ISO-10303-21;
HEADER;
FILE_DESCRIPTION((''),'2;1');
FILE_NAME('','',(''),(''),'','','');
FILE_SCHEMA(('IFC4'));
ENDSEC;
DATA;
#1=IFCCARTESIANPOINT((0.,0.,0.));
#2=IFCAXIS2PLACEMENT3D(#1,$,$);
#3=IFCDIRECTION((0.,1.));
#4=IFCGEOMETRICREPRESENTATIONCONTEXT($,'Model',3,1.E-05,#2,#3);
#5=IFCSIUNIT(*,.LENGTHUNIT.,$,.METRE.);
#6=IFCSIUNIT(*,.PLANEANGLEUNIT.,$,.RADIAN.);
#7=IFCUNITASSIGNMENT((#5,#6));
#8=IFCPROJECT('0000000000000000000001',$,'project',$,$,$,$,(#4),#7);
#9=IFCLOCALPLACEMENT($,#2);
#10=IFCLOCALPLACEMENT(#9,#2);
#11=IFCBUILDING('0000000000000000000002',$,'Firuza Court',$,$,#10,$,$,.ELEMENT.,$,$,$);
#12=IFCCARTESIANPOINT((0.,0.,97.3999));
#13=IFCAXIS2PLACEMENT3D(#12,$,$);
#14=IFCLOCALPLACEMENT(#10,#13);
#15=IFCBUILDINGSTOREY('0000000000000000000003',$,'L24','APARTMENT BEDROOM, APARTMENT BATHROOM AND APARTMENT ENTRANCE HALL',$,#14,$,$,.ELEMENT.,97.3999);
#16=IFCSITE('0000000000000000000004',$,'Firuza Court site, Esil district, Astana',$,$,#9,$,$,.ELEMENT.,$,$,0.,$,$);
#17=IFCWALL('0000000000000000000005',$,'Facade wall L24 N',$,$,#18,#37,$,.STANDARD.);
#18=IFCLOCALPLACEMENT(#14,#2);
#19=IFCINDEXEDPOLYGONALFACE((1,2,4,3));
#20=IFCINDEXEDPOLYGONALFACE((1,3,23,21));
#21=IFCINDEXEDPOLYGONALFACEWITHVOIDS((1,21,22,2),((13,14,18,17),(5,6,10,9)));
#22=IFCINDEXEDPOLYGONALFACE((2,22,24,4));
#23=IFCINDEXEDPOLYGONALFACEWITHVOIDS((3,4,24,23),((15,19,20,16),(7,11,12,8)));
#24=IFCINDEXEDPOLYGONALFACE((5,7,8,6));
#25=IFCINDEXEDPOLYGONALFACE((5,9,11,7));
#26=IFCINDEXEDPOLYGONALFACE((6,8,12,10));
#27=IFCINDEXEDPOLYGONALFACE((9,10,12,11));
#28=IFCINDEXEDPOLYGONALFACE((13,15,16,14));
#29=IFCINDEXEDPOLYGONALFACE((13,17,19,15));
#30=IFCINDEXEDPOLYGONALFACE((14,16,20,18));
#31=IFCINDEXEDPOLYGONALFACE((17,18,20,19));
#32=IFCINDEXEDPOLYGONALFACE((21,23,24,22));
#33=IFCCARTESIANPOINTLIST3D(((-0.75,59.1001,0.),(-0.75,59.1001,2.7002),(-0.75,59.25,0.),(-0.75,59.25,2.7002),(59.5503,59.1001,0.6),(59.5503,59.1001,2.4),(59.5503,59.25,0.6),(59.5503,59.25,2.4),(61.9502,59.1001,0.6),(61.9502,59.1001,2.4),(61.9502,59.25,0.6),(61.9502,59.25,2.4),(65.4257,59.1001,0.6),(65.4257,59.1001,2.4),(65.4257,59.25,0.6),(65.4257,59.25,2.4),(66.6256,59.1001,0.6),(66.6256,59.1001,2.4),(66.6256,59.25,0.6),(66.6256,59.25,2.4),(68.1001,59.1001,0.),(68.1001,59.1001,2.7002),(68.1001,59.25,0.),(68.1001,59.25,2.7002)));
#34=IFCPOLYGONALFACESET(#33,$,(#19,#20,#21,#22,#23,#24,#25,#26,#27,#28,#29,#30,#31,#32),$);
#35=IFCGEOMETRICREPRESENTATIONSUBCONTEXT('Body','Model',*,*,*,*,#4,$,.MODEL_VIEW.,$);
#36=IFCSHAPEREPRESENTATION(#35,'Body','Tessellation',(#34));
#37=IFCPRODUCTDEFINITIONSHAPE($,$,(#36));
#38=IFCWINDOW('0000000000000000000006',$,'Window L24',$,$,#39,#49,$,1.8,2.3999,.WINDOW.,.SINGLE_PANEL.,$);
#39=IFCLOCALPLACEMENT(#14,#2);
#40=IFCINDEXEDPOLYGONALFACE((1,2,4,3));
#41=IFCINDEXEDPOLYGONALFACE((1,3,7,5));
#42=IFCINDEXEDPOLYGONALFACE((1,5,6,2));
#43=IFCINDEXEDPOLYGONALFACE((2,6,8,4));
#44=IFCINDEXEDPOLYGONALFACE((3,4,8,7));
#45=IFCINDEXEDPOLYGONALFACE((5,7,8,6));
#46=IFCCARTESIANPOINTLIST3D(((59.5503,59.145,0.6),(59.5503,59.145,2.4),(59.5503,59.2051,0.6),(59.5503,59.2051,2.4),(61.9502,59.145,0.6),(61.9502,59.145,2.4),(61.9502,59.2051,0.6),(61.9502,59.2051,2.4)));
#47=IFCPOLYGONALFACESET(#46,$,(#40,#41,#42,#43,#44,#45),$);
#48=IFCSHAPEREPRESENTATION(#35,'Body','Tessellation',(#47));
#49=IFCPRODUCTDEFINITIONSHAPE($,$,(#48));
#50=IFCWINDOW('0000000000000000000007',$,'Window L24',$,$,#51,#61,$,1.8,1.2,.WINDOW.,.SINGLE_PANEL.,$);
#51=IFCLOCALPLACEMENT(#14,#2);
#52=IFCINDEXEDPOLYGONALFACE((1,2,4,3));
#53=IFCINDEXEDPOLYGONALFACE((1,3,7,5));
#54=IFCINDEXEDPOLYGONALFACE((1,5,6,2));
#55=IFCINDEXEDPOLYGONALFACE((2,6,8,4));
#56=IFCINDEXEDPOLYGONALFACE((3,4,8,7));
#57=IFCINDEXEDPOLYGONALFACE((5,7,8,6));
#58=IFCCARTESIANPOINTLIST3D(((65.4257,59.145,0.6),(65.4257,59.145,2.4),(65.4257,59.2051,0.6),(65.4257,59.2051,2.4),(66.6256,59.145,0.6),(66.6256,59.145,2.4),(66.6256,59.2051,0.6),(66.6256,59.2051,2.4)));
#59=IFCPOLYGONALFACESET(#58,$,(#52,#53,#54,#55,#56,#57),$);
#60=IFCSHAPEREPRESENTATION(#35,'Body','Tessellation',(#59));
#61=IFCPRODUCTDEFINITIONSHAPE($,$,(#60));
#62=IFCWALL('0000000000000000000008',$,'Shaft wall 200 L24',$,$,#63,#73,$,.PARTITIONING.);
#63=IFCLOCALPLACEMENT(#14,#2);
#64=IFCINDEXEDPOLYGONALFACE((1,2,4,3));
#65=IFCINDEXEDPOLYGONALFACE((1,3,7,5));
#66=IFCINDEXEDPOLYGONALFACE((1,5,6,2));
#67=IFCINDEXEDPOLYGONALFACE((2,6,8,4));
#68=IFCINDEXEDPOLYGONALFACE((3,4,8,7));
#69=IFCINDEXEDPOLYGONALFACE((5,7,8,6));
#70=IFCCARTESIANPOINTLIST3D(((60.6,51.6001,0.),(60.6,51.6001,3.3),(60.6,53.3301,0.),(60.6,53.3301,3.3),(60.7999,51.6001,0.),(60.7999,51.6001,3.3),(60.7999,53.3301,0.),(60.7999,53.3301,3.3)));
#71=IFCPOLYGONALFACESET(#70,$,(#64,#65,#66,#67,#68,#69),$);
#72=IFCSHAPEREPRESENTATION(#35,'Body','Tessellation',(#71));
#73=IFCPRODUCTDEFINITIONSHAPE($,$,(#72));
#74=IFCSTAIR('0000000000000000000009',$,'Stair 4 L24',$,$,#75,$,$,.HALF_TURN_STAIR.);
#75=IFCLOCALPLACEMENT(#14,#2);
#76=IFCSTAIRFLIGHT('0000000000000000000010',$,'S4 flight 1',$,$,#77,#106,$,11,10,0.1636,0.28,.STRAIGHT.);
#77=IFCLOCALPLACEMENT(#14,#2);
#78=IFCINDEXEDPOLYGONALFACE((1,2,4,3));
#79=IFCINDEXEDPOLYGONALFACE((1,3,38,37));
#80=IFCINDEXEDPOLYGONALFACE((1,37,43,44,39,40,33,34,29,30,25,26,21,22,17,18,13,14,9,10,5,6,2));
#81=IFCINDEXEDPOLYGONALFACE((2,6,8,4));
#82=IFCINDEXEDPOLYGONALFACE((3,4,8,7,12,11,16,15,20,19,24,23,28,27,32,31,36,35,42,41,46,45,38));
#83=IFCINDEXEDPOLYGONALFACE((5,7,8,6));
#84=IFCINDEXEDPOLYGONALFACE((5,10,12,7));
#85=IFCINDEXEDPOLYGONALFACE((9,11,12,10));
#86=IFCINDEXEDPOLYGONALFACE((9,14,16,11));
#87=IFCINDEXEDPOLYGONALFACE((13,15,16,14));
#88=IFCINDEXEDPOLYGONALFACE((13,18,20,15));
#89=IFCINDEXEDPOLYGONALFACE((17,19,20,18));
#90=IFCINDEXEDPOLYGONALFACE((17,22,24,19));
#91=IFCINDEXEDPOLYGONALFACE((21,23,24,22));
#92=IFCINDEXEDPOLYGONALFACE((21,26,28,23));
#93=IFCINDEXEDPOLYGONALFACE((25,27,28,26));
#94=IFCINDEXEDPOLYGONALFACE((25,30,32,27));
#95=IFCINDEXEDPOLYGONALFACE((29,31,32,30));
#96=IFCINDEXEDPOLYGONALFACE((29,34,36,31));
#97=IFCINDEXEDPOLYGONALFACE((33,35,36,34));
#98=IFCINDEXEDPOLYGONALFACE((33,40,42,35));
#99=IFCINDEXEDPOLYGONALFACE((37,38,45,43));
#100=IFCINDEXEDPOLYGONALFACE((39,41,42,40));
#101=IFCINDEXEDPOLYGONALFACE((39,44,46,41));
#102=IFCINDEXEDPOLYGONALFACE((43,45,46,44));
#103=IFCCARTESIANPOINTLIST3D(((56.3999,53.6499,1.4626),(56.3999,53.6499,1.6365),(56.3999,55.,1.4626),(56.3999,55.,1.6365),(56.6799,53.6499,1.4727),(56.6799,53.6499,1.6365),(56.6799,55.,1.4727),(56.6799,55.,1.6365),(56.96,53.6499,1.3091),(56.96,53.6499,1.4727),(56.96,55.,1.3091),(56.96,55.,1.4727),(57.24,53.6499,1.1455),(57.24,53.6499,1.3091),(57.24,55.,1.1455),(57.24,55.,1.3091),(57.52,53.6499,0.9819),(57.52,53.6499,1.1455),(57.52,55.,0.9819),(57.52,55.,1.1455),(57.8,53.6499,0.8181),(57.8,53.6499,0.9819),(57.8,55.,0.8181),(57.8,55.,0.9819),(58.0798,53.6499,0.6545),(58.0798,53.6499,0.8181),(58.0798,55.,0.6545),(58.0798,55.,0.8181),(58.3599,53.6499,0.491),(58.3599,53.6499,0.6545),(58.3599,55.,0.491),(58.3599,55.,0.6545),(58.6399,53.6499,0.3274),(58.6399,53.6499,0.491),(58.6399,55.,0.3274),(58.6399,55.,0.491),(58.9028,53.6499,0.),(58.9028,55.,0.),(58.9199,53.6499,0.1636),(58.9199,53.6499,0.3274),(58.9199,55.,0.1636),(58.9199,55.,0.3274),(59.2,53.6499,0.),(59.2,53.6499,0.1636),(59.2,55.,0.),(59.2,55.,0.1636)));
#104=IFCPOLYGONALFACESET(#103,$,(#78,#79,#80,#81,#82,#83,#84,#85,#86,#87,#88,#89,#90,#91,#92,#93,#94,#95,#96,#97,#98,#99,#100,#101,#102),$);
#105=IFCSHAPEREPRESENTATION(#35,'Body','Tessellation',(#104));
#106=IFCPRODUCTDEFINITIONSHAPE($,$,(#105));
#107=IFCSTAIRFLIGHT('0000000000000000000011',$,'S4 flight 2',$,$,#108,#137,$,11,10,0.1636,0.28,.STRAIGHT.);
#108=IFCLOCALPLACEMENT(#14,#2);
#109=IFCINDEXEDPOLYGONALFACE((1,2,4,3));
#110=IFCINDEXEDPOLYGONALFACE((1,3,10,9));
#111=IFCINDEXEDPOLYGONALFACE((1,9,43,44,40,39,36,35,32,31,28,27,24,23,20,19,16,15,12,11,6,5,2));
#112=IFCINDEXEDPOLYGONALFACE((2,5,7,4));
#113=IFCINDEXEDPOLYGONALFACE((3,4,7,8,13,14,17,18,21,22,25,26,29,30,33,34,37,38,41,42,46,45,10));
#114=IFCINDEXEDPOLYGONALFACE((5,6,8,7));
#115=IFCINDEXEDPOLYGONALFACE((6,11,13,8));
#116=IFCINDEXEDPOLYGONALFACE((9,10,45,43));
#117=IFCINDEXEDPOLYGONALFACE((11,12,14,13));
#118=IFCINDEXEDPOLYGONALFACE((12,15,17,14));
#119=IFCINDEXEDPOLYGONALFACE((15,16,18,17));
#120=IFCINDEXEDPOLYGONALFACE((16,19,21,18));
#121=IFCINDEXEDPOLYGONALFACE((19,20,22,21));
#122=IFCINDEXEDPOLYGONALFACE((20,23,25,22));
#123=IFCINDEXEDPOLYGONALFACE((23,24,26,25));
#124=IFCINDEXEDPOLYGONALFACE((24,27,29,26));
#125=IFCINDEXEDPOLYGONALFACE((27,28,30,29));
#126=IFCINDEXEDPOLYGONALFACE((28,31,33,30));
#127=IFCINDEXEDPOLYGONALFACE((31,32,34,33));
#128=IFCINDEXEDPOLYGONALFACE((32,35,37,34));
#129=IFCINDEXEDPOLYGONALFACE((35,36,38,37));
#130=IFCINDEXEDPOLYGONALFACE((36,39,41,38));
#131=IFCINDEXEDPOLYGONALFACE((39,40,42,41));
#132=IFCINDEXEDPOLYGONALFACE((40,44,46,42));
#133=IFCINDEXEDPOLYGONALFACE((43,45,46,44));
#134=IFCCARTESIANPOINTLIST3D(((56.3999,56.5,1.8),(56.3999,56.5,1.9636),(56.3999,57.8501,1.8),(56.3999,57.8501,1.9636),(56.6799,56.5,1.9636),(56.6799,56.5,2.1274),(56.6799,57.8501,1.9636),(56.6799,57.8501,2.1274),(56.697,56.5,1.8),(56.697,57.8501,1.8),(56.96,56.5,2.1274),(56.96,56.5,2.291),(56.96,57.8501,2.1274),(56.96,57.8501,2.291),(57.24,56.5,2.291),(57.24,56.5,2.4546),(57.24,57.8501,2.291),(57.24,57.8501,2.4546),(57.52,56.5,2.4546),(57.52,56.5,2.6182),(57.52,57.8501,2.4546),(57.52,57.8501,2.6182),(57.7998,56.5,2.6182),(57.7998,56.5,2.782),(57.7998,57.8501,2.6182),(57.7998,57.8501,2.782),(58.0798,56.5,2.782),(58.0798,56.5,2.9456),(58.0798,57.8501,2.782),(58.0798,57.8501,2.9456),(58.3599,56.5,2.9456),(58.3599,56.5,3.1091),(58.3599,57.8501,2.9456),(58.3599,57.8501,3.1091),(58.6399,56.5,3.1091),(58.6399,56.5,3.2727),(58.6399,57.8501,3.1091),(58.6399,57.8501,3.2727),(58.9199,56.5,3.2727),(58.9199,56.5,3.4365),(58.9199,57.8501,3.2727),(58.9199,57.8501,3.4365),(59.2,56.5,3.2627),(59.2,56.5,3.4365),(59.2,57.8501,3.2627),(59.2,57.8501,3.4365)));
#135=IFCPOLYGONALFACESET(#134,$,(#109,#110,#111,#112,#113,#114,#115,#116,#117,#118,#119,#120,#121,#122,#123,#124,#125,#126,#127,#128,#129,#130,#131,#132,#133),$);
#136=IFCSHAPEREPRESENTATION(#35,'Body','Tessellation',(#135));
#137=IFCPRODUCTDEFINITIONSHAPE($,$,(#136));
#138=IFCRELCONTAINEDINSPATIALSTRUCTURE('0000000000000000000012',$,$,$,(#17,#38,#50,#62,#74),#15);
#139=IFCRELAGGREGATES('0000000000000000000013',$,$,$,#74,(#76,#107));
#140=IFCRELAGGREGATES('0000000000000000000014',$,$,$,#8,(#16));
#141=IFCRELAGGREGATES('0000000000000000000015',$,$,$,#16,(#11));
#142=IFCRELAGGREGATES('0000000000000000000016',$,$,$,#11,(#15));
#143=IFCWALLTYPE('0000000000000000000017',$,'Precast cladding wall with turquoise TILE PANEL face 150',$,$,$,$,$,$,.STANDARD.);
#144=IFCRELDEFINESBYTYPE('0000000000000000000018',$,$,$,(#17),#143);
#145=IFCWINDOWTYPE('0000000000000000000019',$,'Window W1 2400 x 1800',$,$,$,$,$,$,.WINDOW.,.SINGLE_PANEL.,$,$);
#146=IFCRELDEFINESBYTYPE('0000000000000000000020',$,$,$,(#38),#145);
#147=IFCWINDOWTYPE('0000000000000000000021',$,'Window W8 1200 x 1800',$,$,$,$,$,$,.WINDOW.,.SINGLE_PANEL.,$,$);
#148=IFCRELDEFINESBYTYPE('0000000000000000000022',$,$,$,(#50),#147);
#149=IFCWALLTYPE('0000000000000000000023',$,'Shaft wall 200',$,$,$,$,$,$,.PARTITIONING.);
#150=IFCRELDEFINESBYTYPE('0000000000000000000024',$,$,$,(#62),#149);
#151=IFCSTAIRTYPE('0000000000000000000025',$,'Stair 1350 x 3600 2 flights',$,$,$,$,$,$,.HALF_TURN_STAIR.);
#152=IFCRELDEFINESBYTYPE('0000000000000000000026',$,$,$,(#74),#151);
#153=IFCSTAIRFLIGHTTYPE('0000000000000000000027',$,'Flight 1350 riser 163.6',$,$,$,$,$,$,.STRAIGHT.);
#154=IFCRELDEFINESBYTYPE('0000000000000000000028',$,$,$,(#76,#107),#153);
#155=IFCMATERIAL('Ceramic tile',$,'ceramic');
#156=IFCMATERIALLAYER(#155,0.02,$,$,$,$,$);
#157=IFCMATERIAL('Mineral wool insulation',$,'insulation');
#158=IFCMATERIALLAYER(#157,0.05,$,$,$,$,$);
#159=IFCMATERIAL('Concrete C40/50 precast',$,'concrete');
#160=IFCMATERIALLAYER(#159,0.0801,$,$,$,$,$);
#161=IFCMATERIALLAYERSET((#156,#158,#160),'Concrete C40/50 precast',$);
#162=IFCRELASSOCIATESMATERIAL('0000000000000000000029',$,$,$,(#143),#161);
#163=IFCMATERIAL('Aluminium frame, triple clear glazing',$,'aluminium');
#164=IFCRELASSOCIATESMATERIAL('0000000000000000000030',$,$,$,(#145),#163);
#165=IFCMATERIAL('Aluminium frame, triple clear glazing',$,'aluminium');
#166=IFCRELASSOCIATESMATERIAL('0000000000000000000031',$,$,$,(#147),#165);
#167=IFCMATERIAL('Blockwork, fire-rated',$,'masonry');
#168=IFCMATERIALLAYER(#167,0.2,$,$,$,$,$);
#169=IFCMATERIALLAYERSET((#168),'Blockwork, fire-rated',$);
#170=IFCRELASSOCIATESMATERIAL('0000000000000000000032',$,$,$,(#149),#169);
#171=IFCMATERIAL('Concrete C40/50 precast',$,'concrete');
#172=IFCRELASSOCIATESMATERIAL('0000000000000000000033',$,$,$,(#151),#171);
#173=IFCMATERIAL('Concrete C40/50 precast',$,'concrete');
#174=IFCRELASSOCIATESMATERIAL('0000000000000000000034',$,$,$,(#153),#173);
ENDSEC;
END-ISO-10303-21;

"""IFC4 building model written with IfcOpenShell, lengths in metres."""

from ifc_helpers import new_model, si_unit, direction, frame, frame_2d, origin, place, context, subcontext, project, spatial, polyline, rectangle, outline, extrude, material, layer, layer_set, type_object, element, fill, aggregate, save


model = new_model("IFC4")

# Units and contexts
model_context = context("Model", 3, precision=1e-05, world=origin(), true_north=direction((0.0, 1.0)))
body_context = subcontext(model_context, "Body", "Model", "MODEL_VIEW")
ifc_project = project(units=[si_unit("LENGTHUNIT", "METRE"), si_unit("PLANEANGLEUNIT", "RADIAN")], contexts=[model_context])

# Site, building, storey
site_placement = place(None, origin())
site = spatial("IfcSite", under=ifc_project, at=site_placement, Name="Firuza Court site, Esil district, Astana", CompositionType="ELEMENT", RefElevation=0.0)
building_placement = place(site_placement, origin())
building = spatial("IfcBuilding", under=site, at=building_placement, Name="Firuza Court", CompositionType="ELEMENT")
storey_placement = place(building_placement, frame((0.0, 0.0, 97.3999)))
storey = spatial("IfcBuildingStorey", under=building, at=storey_placement, Name="L24", Description="APARTMENT BEDROOM, APARTMENT BATHROOM AND APARTMENT ENTRANCE HALL", CompositionType="ELEMENT", Elevation=97.3999)

# Wall, openings, windows
ifc_material_1 = material(Name="Ceramic tile", Category="ceramic")
ifc_layer_1 = layer(ifc_material_1, 0.02)
ifc_material_2 = material(Name="Mineral wool insulation", Category="insulation")
ifc_layer_2 = layer(ifc_material_2, 0.05)
ifc_material_3 = material(Name="Concrete C40/50 precast", Category="concrete")
ifc_layer_3 = layer(ifc_material_3, 0.0801)
ifc_layer_set_1 = layer_set([ifc_layer_1, ifc_layer_2, ifc_layer_3], Name="Concrete C40/50 precast")
wall_type_1 = type_object("IfcWallType", Name="Precast cladding wall with turquoise TILE PANEL face 150", PredefinedType="STANDARD", material=ifc_layer_set_1)
wall_1_placement = place(storey_placement, frame((68.1001, 59.175, 0.0), z_axis=(0.0, 0.0, 1.0), x_axis=(-1.0, 0.0, 0.0)))
wall_1 = element("IfcWall", 1, at=wall_1_placement, inside=storey, type_object=wall_type_1, Name="Facade wall L24 N", PredefinedType="STANDARD", context=body_context, shape_type="SweptSolid", body=[
    extrude(rectangle(XDim=68.8501, YDim=0.1499, at=frame_2d((34.425, 0.0))), origin(), (0.0, 0.0, 1.0), 2.7002),
])
opening_1_placement = place(wall_1_placement, frame((1.4744, 0.0, 0.6001)))
opening_1 = element("IfcOpeningElement", 2, at=opening_1_placement, cuts=wall_1, PredefinedType="OPENING", context=body_context, shape_type="SweptSolid", body=[
    extrude(rectangle(XDim=1.2, YDim=1.8, at=frame_2d((0.6001, 0.8999))), frame((0.0, 0.0869, 0.0), z_axis=(0.0, -1.0, 0.0), x_axis=(1.0, 0.0, 0.0)), (0.0, 0.0, 1.0), 0.1738),
])
opening_2_placement = place(wall_1_placement, frame((6.1499, 0.0, 0.6001)))
opening_2 = element("IfcOpeningElement", 3, at=opening_2_placement, cuts=wall_1, PredefinedType="OPENING", context=body_context, shape_type="SweptSolid", body=[
    extrude(rectangle(XDim=2.3999, YDim=1.8, at=frame_2d((1.2, 0.8999))), frame((0.0, 0.0869, 0.0), z_axis=(0.0, -1.0, 0.0), x_axis=(1.0, 0.0, 0.0)), (0.0, 0.0, 1.0), 0.1738),
])
ifc_material_4 = material(Name="Aluminium frame, triple clear glazing", Category="aluminium")
window_type_1 = type_object("IfcWindowType", Name="Window W1 2400 x 1800", PartitioningType="SINGLE_PANEL", PredefinedType="WINDOW", material=ifc_material_4)
window_1_placement = place(opening_2_placement, origin())
window_1 = element("IfcWindow", 4, at=window_1_placement, inside=storey, type_object=window_type_1, Name="Window L24", OverallHeight=1.8, OverallWidth=2.3999, PartitioningType="SINGLE_PANEL", PredefinedType="WINDOW", context=body_context, shape_type="SweptSolid", body=[
    extrude(rectangle(XDim=2.3999, YDim=1.8, at=frame_2d((1.2, 0.8999))), frame((0.0, 0.03, 0.0), z_axis=(0.0, -1.0, 0.0), x_axis=(1.0, 0.0, 0.0)), (0.0, 0.0, 1.0), 0.0601),
])
fill(opening_2, window_1)
ifc_material_5 = material(Name="Aluminium frame, triple clear glazing", Category="aluminium")
window_type_2 = type_object("IfcWindowType", Name="Window W8 1200 x 1800", PartitioningType="SINGLE_PANEL", PredefinedType="WINDOW", material=ifc_material_5)
window_2_placement = place(opening_1_placement, origin())
window_2 = element("IfcWindow", 5, at=window_2_placement, inside=storey, type_object=window_type_2, Name="Window L24", OverallHeight=1.8, OverallWidth=1.2, PartitioningType="SINGLE_PANEL", PredefinedType="WINDOW", context=body_context, shape_type="SweptSolid", body=[
    extrude(rectangle(XDim=1.2, YDim=1.8, at=frame_2d((0.6001, 0.8999))), frame((0.0, 0.03, 0.0), z_axis=(0.0, -1.0, 0.0), x_axis=(1.0, 0.0, 0.0)), (0.0, 0.0, 1.0), 0.0601),
])
fill(opening_1, window_2)

# Wall
ifc_material_6 = material(Name="Blockwork, fire-rated", Category="masonry")
ifc_layer_4 = layer(ifc_material_6, 0.2)
ifc_layer_set_2 = layer_set([ifc_layer_4], Name="Blockwork, fire-rated")
wall_type_2 = type_object("IfcWallType", Name="Shaft wall 200", PredefinedType="PARTITIONING", material=ifc_layer_set_2)
wall_2_placement = place(storey_placement, frame((60.7, 51.6001, 0.0), z_axis=(0.0, 0.0, 1.0), x_axis=(0.0, 1.0, 0.0)))
element("IfcWall", 6, at=wall_2_placement, inside=storey, type_object=wall_type_2, Name="Shaft wall 200 L24", PredefinedType="PARTITIONING", context=body_context, shape_type="SweptSolid", body=[
    extrude(rectangle(XDim=1.73, YDim=0.2, at=frame_2d((0.865, 0.0))), origin(), (0.0, 0.0, 1.0), 3.3),
])

# Stair, stair flights
ifc_material_7 = material(Name="Concrete C40/50 precast", Category="concrete")
stair_type = type_object("IfcStairType", Name="Stair 1350 x 3600 2 flights", PredefinedType="HALF_TURN_STAIR", material=ifc_material_7)
stair_placement = place(storey_placement, origin())
stair = element("IfcStair", 7, at=stair_placement, inside=storey, type_object=stair_type, Name="Stair 4 L24", PredefinedType="HALF_TURN_STAIR")
ifc_material_8 = material(Name="Concrete C40/50 precast", Category="concrete")
stair_flight_type = type_object("IfcStairFlightType", Name="Flight 1350 riser 163.6", PredefinedType="STRAIGHT", material=ifc_material_8)
stair_flight_1_placement = place(storey_placement, frame((59.2, 54.325, 0.0), z_axis=(0.0, 0.0, 1.0), x_axis=(-1.0, 0.0, 0.0)))
stair_flight_1 = element("IfcStairFlight", 8, at=stair_flight_1_placement, type_object=stair_flight_type, Name="S4 flight 1", NumberOfRisers=11, NumberOfTreads=10, PredefinedType="STRAIGHT", RiserHeight=0.1636, TreadLength=0.28, context=body_context, shape_type="SweptSolid", body=[
    extrude(outline(polyline([(0.0, 0.0), (0.0, 0.1636), (0.28, 0.1636), (0.28, 0.3274), (0.5601, 0.3274), (0.5601, 0.491), (0.8401, 0.491), (0.8401, 0.6545), (1.1201, 0.6545), (1.1201, 0.8181), (1.3999, 0.8181), (1.3999, 0.9819), (1.6799, 0.9819), (1.6799, 1.1455), (1.96, 1.1455), (1.96, 1.3091), (2.24, 1.3091), (2.24, 1.4727), (2.52, 1.4727), (2.52, 1.6365), (2.8, 1.6365), (2.8, 1.8), (2.8, 1.4626), (0.2971, 0.0), (0.0, 0.0)])), frame((0.0, 0.675, 0.0), z_axis=(0.0, -1.0, 0.0), x_axis=(1.0, 0.0, 0.0)), (0.0, 0.0, 1.0), 1.3501),
])
stair_flight_2_placement = place(storey_placement, frame((56.3999, 57.175, 1.8), z_axis=(0.0, 0.0, 1.0), x_axis=(1.0, 0.0, 0.0)))
stair_flight_2 = element("IfcStairFlight", 9, at=stair_flight_2_placement, type_object=stair_flight_type, Name="S4 flight 2", NumberOfRisers=11, NumberOfTreads=10, PredefinedType="STRAIGHT", RiserHeight=0.1636, TreadLength=0.28, context=body_context, shape_type="SweptSolid", body=[
    extrude(outline(polyline([(0.0, 0.0), (0.0, 0.1636), (0.28, 0.1636), (0.28, 0.3274), (0.5601, 0.3274), (0.5601, 0.491), (0.8401, 0.491), (0.8401, 0.6545), (1.1201, 0.6545), (1.1201, 0.8181), (1.3999, 0.8181), (1.3999, 0.9819), (1.6799, 0.9819), (1.6799, 1.1455), (1.96, 1.1455), (1.96, 1.3091), (2.24, 1.3091), (2.24, 1.4727), (2.52, 1.4727), (2.52, 1.6365), (2.8, 1.6365), (2.8, 1.8), (2.8, 1.4626), (0.2971, 0.0), (0.0, 0.0)])), frame((0.0, 0.675, 0.0), z_axis=(0.0, -1.0, 0.0), x_axis=(1.0, 0.0, 0.0)), (0.0, 0.0, 1.0), 1.3501),
])
aggregate(stair, [stair_flight_1, stair_flight_2])

save(model, "model.ifc")
